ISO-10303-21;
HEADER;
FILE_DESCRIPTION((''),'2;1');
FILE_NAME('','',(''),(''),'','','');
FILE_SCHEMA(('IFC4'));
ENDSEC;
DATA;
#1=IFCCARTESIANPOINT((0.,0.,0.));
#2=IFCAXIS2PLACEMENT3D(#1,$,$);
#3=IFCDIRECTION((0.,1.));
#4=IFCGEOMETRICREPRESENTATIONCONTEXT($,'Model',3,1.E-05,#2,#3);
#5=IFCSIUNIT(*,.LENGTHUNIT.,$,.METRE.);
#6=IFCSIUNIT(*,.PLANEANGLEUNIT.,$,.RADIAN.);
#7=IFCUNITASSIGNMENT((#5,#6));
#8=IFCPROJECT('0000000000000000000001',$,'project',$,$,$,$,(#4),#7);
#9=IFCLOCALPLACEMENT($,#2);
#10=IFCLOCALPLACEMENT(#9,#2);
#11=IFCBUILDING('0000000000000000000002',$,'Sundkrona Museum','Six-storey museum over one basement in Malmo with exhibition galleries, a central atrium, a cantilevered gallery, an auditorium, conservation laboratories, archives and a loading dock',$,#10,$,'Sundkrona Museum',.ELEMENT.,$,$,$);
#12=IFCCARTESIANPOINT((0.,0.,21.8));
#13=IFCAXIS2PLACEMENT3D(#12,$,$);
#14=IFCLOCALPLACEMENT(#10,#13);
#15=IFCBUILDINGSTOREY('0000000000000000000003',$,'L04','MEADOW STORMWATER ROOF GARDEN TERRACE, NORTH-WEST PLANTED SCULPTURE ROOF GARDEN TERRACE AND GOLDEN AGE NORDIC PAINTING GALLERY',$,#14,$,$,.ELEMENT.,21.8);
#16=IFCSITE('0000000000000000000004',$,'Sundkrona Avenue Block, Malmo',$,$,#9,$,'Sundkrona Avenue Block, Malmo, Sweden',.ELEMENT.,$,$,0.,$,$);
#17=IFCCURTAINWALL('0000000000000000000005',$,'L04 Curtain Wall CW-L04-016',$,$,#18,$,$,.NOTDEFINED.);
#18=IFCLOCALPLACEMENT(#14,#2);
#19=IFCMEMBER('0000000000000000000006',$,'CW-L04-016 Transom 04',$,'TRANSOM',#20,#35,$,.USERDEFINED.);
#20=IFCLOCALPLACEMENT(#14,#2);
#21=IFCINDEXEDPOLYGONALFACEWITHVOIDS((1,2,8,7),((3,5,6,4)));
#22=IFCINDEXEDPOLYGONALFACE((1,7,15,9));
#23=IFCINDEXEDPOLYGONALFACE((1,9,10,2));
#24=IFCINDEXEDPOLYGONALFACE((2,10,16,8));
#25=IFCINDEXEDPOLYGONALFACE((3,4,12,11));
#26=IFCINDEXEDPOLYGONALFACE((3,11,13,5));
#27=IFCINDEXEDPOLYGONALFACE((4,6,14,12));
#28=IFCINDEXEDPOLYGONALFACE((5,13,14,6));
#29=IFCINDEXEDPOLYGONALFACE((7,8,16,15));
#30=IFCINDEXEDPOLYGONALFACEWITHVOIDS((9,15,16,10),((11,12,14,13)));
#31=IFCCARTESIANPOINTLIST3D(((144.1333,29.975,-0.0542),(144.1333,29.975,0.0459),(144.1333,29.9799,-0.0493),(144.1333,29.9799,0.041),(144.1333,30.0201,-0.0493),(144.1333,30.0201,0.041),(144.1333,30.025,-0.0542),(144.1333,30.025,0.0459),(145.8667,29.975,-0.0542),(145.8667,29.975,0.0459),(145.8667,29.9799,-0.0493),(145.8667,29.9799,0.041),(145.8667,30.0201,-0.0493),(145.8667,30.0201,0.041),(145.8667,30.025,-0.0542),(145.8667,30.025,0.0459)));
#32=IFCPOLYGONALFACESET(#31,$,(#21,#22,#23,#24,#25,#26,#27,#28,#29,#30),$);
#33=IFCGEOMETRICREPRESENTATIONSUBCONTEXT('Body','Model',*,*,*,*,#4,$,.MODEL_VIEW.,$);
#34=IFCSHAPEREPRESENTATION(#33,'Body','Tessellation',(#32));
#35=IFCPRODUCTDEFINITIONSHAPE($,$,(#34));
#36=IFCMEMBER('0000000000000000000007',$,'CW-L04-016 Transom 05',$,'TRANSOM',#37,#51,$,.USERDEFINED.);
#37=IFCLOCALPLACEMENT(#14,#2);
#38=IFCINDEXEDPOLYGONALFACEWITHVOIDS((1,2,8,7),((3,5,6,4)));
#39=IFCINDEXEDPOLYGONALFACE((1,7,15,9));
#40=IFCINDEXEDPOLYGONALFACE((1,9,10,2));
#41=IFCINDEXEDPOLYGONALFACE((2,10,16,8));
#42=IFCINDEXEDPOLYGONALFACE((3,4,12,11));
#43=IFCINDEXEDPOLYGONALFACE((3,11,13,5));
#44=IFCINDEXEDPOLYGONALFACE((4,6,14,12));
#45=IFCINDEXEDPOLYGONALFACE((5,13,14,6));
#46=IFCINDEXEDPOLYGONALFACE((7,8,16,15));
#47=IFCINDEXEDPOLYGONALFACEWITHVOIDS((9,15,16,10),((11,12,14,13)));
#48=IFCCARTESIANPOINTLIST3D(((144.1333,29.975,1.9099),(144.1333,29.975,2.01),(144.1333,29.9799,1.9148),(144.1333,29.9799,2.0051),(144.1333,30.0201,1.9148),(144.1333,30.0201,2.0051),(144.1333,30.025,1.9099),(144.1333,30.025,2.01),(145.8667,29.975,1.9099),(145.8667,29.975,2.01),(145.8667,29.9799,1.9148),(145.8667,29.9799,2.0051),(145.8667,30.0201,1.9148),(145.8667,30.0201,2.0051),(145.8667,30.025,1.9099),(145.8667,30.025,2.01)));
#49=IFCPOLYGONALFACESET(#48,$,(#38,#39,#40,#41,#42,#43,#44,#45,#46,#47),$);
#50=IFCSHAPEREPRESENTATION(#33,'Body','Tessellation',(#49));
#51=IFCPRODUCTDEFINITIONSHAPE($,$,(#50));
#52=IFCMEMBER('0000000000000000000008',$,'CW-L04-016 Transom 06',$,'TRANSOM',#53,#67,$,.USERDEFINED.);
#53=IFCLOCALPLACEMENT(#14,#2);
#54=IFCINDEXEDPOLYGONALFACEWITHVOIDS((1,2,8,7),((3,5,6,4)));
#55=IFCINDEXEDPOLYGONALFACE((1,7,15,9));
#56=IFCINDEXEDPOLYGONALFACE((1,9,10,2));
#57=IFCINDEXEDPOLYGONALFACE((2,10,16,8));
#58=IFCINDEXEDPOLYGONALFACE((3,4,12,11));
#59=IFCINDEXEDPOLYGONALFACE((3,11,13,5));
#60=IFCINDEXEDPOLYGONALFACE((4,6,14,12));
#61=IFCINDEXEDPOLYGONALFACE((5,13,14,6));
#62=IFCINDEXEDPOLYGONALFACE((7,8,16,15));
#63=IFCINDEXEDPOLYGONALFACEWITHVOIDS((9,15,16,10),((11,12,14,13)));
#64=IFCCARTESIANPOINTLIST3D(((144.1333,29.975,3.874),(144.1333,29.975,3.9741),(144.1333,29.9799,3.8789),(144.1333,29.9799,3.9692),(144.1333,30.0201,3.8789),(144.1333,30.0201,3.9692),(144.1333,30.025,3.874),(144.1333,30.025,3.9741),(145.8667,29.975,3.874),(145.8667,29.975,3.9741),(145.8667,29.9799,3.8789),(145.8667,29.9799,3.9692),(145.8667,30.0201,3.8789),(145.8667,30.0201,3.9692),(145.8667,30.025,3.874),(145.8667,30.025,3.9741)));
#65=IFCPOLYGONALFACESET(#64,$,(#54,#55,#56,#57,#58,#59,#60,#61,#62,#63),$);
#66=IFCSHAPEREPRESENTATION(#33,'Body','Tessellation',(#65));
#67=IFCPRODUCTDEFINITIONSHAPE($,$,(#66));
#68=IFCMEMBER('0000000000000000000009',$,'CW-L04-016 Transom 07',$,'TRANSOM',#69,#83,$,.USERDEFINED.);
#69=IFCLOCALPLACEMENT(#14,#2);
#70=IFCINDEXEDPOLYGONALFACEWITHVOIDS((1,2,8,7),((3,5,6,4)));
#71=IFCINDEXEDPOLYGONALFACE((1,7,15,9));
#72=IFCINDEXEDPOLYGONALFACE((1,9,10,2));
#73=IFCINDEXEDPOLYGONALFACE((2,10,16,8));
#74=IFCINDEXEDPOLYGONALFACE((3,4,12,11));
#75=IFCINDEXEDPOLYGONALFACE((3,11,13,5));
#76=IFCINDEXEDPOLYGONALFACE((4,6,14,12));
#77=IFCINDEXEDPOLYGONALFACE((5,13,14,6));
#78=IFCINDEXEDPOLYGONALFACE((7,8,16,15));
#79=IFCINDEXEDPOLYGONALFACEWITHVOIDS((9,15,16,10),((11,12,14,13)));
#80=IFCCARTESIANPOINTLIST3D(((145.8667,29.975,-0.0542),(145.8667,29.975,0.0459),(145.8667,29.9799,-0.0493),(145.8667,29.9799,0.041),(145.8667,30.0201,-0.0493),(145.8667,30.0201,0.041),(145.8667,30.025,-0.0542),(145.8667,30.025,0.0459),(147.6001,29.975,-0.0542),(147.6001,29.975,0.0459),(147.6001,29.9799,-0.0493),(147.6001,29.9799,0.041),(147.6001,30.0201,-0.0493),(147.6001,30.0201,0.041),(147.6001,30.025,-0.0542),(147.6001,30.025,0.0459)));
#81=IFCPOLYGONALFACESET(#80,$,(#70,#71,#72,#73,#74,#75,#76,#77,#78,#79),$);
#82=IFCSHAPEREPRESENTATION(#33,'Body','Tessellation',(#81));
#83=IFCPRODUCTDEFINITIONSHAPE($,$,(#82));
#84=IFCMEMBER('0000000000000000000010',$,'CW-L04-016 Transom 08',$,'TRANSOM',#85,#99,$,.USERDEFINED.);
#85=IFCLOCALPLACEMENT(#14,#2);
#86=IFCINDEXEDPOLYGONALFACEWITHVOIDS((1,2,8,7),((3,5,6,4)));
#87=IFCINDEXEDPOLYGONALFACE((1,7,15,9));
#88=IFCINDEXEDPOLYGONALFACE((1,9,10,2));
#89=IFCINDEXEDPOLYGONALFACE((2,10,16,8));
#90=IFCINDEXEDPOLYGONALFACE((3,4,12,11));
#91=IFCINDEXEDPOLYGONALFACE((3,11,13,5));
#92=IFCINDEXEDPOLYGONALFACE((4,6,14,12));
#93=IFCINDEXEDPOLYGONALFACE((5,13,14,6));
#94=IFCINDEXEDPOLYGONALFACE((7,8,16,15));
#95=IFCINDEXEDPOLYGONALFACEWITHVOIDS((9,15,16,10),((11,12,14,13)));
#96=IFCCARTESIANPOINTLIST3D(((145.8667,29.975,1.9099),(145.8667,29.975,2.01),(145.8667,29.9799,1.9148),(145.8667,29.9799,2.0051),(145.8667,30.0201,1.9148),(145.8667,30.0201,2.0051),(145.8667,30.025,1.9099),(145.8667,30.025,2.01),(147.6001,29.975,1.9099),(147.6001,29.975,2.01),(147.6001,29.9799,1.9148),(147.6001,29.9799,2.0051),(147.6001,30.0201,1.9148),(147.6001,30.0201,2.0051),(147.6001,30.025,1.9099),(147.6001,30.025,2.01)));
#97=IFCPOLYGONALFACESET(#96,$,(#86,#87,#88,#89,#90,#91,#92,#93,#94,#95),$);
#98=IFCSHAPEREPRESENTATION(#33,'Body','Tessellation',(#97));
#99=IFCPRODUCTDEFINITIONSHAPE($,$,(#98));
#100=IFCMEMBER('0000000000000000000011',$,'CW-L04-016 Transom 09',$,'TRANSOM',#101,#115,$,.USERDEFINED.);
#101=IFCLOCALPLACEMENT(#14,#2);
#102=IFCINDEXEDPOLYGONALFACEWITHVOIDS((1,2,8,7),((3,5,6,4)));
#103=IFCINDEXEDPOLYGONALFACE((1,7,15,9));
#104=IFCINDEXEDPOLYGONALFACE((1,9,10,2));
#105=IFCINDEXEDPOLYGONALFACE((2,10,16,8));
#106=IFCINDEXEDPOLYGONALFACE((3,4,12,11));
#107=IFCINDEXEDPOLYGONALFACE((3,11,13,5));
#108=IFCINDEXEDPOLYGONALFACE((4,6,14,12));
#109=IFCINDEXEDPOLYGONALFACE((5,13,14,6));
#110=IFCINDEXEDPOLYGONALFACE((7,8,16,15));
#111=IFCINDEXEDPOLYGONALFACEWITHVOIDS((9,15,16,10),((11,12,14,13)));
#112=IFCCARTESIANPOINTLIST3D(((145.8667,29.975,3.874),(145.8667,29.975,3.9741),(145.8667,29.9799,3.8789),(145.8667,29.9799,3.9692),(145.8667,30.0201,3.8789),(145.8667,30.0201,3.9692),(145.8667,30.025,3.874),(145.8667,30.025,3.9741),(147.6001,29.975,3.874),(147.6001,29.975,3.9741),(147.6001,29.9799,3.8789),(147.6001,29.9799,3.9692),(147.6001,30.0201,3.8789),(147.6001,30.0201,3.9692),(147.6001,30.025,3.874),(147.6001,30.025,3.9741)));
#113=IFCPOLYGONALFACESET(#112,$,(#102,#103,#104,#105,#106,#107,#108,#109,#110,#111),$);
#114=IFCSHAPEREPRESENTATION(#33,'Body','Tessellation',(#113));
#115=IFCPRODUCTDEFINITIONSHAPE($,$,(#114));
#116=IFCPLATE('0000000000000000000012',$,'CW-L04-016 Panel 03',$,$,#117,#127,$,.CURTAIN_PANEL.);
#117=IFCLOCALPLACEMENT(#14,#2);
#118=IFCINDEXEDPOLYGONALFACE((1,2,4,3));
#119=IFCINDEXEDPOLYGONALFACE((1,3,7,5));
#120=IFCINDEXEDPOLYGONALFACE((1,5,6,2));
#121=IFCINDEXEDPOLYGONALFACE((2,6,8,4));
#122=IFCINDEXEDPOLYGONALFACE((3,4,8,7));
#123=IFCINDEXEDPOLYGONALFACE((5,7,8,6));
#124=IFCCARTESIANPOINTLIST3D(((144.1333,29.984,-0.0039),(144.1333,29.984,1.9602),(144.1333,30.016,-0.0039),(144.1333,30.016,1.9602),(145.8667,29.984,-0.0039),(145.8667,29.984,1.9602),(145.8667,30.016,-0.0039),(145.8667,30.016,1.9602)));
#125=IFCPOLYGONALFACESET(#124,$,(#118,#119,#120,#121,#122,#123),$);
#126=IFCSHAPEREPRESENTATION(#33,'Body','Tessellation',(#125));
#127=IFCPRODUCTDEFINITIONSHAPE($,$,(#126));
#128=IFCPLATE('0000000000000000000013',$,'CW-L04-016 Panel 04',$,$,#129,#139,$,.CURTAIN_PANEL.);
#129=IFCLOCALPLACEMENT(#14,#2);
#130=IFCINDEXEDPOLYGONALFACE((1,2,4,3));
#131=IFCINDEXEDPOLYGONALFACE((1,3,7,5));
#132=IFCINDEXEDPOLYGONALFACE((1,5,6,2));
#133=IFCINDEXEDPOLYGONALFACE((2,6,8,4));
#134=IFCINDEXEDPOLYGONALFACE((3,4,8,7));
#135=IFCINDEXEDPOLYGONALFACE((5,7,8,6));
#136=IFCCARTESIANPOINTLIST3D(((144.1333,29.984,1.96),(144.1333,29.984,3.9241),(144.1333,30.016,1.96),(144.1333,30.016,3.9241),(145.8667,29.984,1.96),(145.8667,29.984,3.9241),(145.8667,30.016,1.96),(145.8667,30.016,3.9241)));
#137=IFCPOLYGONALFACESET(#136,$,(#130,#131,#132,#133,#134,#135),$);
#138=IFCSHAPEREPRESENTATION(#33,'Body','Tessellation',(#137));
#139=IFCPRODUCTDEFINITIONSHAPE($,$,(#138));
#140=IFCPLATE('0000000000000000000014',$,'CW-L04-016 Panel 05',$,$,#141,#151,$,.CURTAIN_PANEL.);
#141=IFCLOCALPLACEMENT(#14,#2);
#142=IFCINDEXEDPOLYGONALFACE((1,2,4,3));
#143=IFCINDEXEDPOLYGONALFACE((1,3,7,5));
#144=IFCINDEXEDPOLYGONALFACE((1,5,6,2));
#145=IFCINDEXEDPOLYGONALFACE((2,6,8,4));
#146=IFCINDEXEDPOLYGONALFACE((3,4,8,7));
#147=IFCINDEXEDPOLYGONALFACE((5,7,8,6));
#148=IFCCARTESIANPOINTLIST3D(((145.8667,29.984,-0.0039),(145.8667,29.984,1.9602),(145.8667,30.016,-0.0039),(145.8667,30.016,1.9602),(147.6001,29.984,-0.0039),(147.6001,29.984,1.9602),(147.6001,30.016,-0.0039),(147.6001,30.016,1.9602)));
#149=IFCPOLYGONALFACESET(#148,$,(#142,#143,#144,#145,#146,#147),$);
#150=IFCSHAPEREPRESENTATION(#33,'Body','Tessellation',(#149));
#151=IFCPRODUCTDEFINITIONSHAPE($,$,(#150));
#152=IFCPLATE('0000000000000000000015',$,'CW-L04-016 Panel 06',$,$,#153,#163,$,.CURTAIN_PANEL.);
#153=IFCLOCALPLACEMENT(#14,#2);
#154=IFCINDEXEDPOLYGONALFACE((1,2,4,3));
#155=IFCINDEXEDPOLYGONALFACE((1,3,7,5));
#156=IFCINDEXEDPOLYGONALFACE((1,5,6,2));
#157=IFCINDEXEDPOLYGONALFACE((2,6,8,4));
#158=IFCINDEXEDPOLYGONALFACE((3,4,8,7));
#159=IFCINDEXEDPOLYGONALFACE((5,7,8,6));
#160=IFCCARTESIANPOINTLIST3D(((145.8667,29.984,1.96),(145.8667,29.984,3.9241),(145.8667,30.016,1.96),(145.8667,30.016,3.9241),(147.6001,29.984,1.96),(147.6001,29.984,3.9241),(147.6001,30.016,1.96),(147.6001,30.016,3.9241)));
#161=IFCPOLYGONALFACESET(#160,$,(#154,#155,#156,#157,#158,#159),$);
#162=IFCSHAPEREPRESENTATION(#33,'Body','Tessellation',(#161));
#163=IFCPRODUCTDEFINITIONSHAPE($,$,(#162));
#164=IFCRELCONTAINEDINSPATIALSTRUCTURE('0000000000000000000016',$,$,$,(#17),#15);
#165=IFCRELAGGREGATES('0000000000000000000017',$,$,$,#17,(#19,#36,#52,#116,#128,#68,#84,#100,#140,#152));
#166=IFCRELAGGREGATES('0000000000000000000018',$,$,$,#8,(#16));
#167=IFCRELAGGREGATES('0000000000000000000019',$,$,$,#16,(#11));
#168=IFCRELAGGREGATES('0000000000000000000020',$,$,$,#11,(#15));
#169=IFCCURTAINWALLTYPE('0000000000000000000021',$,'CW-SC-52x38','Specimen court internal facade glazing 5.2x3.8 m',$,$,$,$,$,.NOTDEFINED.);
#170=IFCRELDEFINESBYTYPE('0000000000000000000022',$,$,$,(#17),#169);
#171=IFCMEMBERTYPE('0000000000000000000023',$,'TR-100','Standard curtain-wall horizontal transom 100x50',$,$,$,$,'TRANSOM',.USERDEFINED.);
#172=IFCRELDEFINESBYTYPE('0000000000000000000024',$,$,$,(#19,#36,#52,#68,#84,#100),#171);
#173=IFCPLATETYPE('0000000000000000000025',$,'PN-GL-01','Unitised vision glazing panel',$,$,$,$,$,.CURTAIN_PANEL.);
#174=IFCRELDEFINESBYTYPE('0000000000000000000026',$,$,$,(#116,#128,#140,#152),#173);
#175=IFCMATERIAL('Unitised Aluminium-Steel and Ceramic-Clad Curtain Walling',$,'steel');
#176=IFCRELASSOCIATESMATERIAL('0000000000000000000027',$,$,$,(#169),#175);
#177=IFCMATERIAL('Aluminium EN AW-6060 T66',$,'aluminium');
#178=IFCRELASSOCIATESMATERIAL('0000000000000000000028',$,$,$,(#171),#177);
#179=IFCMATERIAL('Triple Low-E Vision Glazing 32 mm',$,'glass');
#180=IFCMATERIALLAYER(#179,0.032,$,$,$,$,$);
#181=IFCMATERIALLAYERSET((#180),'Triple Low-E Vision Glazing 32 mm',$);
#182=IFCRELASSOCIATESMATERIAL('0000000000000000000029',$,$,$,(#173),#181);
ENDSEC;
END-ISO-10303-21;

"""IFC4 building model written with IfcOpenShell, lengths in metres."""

from ifc_helpers import new_model, si_unit, direction, frame, origin, origin_2d, place, context, subcontext, project, spatial, rectangle, hollow_rectangle, extrude, material, layer, layer_set, material_profile, profile_set, type_object, element, aggregate, save


model = new_model("IFC4")

# Units and contexts
model_context = context("Model", 3, precision=1e-05, world=origin(), true_north=direction((0.0, 1.0)))
body_context = subcontext(model_context, "Body", "Model", "MODEL_VIEW")
ifc_project = project(units=[si_unit("LENGTHUNIT", "METRE"), si_unit("PLANEANGLEUNIT", "RADIAN")], contexts=[model_context])

# Site, building, storey
site_placement = place(None, origin())
site = spatial("IfcSite", under=ifc_project, at=site_placement, Name="Sundkrona Avenue Block, Malmo", LongName="Sundkrona Avenue Block, Malmo, Sweden", CompositionType="ELEMENT", RefElevation=0.0)
building_placement = place(site_placement, origin())
building = spatial("IfcBuilding", under=site, at=building_placement, Name="Sundkrona Museum", Description="Six-storey museum over one basement in Malmo with exhibition galleries, a central atrium, a cantilevered gallery, an auditorium, conservation laboratories, archives and a loading dock", LongName="Sundkrona Museum", CompositionType="ELEMENT")
storey_placement = place(building_placement, frame((0.0, 0.0, 21.8)))
storey = spatial("IfcBuildingStorey", under=building, at=storey_placement, Name="L04", Description="MEADOW STORMWATER ROOF GARDEN TERRACE, NORTH-WEST PLANTED SCULPTURE ROOF GARDEN TERRACE AND GOLDEN AGE NORDIC PAINTING GALLERY", CompositionType="ELEMENT", Elevation=21.8)

# Curtain wall, members, plates
ifc_material_1 = material(Name="Unitised Aluminium-Steel and Ceramic-Clad Curtain Walling", Category="steel")
curtain_wall_type = type_object("IfcCurtainWallType", Name="CW-SC-52x38", Description="Specimen court internal facade glazing 5.2x3.8 m", PredefinedType="NOTDEFINED", material=ifc_material_1)
curtain_wall_placement = place(storey_placement, origin())
curtain_wall = element("IfcCurtainWall", 1, at=curtain_wall_placement, inside=storey, type_object=curtain_wall_type, Name="L04 Curtain Wall CW-L04-016", PredefinedType="NOTDEFINED")
ifc_material_2 = material(Name="Aluminium EN AW-6060 T66", Category="aluminium")
ifc_material_profile_1 = material_profile(ifc_material_2, hollow_rectangle(XDim=0.05, YDim=0.1001, WallThickness=0.0049, at=origin_2d()), Name="RHS 100x50x5.0")
ifc_profile_set_1 = profile_set([ifc_material_profile_1], Name="Aluminium EN AW-6060 T66")
member_type_1 = type_object("IfcMemberType", Name="TR-100", Description="Standard curtain-wall horizontal transom 100x50", ElementType="TRANSOM", PredefinedType="USERDEFINED", material=ifc_profile_set_1)
member_1_placement = place(storey_placement, frame((144.1333, 30.0, -0.0042), z_axis=(1.0, 0.0, 0.0), x_axis=(0.0, 1.0, 0.0)))
member_1 = element("IfcMember", 2, at=member_1_placement, type_object=member_type_1, Name="CW-L04-016 Transom 04", ObjectType="TRANSOM", PredefinedType="USERDEFINED", context=body_context, shape_type="SweptSolid", body=[
    extrude(hollow_rectangle(XDim=0.05, YDim=0.1001, WallThickness=0.0049, at=origin_2d()), origin(), (0.0, 0.0, 1.0), 1.7334),
])
member_2_placement = place(storey_placement, frame((144.1333, 30.0, 1.96), z_axis=(1.0, 0.0, 0.0), x_axis=(0.0, 1.0, 0.0)))
member_2 = element("IfcMember", 3, at=member_2_placement, type_object=member_type_1, Name="CW-L04-016 Transom 05", ObjectType="TRANSOM", PredefinedType="USERDEFINED", context=body_context, shape_type="SweptSolid", body=[
    extrude(hollow_rectangle(XDim=0.05, YDim=0.1001, WallThickness=0.0049, at=origin_2d()), origin(), (0.0, 0.0, 1.0), 1.7334),
])
member_3_placement = place(storey_placement, frame((144.1333, 30.0, 3.9241), z_axis=(1.0, 0.0, 0.0), x_axis=(0.0, 1.0, 0.0)))
member_3 = element("IfcMember", 4, at=member_3_placement, type_object=member_type_1, Name="CW-L04-016 Transom 06", ObjectType="TRANSOM", PredefinedType="USERDEFINED", context=body_context, shape_type="SweptSolid", body=[
    extrude(hollow_rectangle(XDim=0.05, YDim=0.1001, WallThickness=0.0049, at=origin_2d()), origin(), (0.0, 0.0, 1.0), 1.7334),
])
member_4_placement = place(storey_placement, frame((145.8667, 30.0, -0.0042), z_axis=(1.0, 0.0, 0.0), x_axis=(0.0, 1.0, 0.0)))
member_4 = element("IfcMember", 5, at=member_4_placement, type_object=member_type_1, Name="CW-L04-016 Transom 07", ObjectType="TRANSOM", PredefinedType="USERDEFINED", context=body_context, shape_type="SweptSolid", body=[
    extrude(hollow_rectangle(XDim=0.05, YDim=0.1001, WallThickness=0.0049, at=origin_2d()), origin(), (0.0, 0.0, 1.0), 1.7334),
])
member_5_placement = place(storey_placement, frame((145.8667, 30.0, 1.96), z_axis=(1.0, 0.0, 0.0), x_axis=(0.0, 1.0, 0.0)))
member_5 = element("IfcMember", 6, at=member_5_placement, type_object=member_type_1, Name="CW-L04-016 Transom 08", ObjectType="TRANSOM", PredefinedType="USERDEFINED", context=body_context, shape_type="SweptSolid", body=[
    extrude(hollow_rectangle(XDim=0.05, YDim=0.1001, WallThickness=0.0049, at=origin_2d()), origin(), (0.0, 0.0, 1.0), 1.7334),
])
member_6_placement = place(storey_placement, frame((145.8667, 30.0, 3.9241), z_axis=(1.0, 0.0, 0.0), x_axis=(0.0, 1.0, 0.0)))
member_6 = element("IfcMember", 7, at=member_6_placement, type_object=member_type_1, Name="CW-L04-016 Transom 09", ObjectType="TRANSOM", PredefinedType="USERDEFINED", context=body_context, shape_type="SweptSolid", body=[
    extrude(hollow_rectangle(XDim=0.05, YDim=0.1001, WallThickness=0.0049, at=origin_2d()), origin(), (0.0, 0.0, 1.0), 1.7334),
])
ifc_material_3 = material(Name="Triple Low-E Vision Glazing 32 mm", Category="glass")
ifc_layer = layer(ifc_material_3, 0.032)
ifc_layer_set = layer_set([ifc_layer], Name="Triple Low-E Vision Glazing 32 mm")
plate_type = type_object("IfcPlateType", Name="PN-GL-01", Description="Unitised vision glazing panel", PredefinedType="CURTAIN_PANEL", material=ifc_layer_set)
plate_1_placement = place(storey_placement, frame((145.0, 30.0, -0.0039), z_axis=(0.0, 0.0, 1.0), x_axis=(1.0, 0.0, 0.0)))
plate_1 = element("IfcPlate", 8, at=plate_1_placement, type_object=plate_type, Name="CW-L04-016 Panel 03", PredefinedType="CURTAIN_PANEL", context=body_context, shape_type="SweptSolid", body=[
    extrude(rectangle(XDim=1.7334, YDim=0.032, at=origin_2d()), origin(), (0.0, 0.0, 1.0), 1.9641),
])
plate_2_placement = place(storey_placement, frame((145.0, 30.0, 1.96), z_axis=(0.0, 0.0, 1.0), x_axis=(1.0, 0.0, 0.0)))
plate_2 = element("IfcPlate", 9, at=plate_2_placement, type_object=plate_type, Name="CW-L04-016 Panel 04", PredefinedType="CURTAIN_PANEL", context=body_context, shape_type="SweptSolid", body=[
    extrude(rectangle(XDim=1.7334, YDim=0.032, at=origin_2d()), origin(), (0.0, 0.0, 1.0), 1.9641),
])
plate_3_placement = place(storey_placement, frame((146.7334, 30.0, -0.0039), z_axis=(0.0, 0.0, 1.0), x_axis=(1.0, 0.0, 0.0)))
plate_3 = element("IfcPlate", 10, at=plate_3_placement, type_object=plate_type, Name="CW-L04-016 Panel 05", PredefinedType="CURTAIN_PANEL", context=body_context, shape_type="SweptSolid", body=[
    extrude(rectangle(XDim=1.7334, YDim=0.032, at=origin_2d()), origin(), (0.0, 0.0, 1.0), 1.9641),
])
plate_4_placement = place(storey_placement, frame((146.7334, 30.0, 1.96), z_axis=(0.0, 0.0, 1.0), x_axis=(1.0, 0.0, 0.0)))
plate_4 = element("IfcPlate", 11, at=plate_4_placement, type_object=plate_type, Name="CW-L04-016 Panel 06", PredefinedType="CURTAIN_PANEL", context=body_context, shape_type="SweptSolid", body=[
    extrude(rectangle(XDim=1.7334, YDim=0.032, at=origin_2d()), origin(), (0.0, 0.0, 1.0), 1.9641),
])
aggregate(curtain_wall, [member_1, member_2, member_3, plate_1, plate_2, member_4, member_5, member_6, plate_3, plate_4])

save(model, "model.ifc")
